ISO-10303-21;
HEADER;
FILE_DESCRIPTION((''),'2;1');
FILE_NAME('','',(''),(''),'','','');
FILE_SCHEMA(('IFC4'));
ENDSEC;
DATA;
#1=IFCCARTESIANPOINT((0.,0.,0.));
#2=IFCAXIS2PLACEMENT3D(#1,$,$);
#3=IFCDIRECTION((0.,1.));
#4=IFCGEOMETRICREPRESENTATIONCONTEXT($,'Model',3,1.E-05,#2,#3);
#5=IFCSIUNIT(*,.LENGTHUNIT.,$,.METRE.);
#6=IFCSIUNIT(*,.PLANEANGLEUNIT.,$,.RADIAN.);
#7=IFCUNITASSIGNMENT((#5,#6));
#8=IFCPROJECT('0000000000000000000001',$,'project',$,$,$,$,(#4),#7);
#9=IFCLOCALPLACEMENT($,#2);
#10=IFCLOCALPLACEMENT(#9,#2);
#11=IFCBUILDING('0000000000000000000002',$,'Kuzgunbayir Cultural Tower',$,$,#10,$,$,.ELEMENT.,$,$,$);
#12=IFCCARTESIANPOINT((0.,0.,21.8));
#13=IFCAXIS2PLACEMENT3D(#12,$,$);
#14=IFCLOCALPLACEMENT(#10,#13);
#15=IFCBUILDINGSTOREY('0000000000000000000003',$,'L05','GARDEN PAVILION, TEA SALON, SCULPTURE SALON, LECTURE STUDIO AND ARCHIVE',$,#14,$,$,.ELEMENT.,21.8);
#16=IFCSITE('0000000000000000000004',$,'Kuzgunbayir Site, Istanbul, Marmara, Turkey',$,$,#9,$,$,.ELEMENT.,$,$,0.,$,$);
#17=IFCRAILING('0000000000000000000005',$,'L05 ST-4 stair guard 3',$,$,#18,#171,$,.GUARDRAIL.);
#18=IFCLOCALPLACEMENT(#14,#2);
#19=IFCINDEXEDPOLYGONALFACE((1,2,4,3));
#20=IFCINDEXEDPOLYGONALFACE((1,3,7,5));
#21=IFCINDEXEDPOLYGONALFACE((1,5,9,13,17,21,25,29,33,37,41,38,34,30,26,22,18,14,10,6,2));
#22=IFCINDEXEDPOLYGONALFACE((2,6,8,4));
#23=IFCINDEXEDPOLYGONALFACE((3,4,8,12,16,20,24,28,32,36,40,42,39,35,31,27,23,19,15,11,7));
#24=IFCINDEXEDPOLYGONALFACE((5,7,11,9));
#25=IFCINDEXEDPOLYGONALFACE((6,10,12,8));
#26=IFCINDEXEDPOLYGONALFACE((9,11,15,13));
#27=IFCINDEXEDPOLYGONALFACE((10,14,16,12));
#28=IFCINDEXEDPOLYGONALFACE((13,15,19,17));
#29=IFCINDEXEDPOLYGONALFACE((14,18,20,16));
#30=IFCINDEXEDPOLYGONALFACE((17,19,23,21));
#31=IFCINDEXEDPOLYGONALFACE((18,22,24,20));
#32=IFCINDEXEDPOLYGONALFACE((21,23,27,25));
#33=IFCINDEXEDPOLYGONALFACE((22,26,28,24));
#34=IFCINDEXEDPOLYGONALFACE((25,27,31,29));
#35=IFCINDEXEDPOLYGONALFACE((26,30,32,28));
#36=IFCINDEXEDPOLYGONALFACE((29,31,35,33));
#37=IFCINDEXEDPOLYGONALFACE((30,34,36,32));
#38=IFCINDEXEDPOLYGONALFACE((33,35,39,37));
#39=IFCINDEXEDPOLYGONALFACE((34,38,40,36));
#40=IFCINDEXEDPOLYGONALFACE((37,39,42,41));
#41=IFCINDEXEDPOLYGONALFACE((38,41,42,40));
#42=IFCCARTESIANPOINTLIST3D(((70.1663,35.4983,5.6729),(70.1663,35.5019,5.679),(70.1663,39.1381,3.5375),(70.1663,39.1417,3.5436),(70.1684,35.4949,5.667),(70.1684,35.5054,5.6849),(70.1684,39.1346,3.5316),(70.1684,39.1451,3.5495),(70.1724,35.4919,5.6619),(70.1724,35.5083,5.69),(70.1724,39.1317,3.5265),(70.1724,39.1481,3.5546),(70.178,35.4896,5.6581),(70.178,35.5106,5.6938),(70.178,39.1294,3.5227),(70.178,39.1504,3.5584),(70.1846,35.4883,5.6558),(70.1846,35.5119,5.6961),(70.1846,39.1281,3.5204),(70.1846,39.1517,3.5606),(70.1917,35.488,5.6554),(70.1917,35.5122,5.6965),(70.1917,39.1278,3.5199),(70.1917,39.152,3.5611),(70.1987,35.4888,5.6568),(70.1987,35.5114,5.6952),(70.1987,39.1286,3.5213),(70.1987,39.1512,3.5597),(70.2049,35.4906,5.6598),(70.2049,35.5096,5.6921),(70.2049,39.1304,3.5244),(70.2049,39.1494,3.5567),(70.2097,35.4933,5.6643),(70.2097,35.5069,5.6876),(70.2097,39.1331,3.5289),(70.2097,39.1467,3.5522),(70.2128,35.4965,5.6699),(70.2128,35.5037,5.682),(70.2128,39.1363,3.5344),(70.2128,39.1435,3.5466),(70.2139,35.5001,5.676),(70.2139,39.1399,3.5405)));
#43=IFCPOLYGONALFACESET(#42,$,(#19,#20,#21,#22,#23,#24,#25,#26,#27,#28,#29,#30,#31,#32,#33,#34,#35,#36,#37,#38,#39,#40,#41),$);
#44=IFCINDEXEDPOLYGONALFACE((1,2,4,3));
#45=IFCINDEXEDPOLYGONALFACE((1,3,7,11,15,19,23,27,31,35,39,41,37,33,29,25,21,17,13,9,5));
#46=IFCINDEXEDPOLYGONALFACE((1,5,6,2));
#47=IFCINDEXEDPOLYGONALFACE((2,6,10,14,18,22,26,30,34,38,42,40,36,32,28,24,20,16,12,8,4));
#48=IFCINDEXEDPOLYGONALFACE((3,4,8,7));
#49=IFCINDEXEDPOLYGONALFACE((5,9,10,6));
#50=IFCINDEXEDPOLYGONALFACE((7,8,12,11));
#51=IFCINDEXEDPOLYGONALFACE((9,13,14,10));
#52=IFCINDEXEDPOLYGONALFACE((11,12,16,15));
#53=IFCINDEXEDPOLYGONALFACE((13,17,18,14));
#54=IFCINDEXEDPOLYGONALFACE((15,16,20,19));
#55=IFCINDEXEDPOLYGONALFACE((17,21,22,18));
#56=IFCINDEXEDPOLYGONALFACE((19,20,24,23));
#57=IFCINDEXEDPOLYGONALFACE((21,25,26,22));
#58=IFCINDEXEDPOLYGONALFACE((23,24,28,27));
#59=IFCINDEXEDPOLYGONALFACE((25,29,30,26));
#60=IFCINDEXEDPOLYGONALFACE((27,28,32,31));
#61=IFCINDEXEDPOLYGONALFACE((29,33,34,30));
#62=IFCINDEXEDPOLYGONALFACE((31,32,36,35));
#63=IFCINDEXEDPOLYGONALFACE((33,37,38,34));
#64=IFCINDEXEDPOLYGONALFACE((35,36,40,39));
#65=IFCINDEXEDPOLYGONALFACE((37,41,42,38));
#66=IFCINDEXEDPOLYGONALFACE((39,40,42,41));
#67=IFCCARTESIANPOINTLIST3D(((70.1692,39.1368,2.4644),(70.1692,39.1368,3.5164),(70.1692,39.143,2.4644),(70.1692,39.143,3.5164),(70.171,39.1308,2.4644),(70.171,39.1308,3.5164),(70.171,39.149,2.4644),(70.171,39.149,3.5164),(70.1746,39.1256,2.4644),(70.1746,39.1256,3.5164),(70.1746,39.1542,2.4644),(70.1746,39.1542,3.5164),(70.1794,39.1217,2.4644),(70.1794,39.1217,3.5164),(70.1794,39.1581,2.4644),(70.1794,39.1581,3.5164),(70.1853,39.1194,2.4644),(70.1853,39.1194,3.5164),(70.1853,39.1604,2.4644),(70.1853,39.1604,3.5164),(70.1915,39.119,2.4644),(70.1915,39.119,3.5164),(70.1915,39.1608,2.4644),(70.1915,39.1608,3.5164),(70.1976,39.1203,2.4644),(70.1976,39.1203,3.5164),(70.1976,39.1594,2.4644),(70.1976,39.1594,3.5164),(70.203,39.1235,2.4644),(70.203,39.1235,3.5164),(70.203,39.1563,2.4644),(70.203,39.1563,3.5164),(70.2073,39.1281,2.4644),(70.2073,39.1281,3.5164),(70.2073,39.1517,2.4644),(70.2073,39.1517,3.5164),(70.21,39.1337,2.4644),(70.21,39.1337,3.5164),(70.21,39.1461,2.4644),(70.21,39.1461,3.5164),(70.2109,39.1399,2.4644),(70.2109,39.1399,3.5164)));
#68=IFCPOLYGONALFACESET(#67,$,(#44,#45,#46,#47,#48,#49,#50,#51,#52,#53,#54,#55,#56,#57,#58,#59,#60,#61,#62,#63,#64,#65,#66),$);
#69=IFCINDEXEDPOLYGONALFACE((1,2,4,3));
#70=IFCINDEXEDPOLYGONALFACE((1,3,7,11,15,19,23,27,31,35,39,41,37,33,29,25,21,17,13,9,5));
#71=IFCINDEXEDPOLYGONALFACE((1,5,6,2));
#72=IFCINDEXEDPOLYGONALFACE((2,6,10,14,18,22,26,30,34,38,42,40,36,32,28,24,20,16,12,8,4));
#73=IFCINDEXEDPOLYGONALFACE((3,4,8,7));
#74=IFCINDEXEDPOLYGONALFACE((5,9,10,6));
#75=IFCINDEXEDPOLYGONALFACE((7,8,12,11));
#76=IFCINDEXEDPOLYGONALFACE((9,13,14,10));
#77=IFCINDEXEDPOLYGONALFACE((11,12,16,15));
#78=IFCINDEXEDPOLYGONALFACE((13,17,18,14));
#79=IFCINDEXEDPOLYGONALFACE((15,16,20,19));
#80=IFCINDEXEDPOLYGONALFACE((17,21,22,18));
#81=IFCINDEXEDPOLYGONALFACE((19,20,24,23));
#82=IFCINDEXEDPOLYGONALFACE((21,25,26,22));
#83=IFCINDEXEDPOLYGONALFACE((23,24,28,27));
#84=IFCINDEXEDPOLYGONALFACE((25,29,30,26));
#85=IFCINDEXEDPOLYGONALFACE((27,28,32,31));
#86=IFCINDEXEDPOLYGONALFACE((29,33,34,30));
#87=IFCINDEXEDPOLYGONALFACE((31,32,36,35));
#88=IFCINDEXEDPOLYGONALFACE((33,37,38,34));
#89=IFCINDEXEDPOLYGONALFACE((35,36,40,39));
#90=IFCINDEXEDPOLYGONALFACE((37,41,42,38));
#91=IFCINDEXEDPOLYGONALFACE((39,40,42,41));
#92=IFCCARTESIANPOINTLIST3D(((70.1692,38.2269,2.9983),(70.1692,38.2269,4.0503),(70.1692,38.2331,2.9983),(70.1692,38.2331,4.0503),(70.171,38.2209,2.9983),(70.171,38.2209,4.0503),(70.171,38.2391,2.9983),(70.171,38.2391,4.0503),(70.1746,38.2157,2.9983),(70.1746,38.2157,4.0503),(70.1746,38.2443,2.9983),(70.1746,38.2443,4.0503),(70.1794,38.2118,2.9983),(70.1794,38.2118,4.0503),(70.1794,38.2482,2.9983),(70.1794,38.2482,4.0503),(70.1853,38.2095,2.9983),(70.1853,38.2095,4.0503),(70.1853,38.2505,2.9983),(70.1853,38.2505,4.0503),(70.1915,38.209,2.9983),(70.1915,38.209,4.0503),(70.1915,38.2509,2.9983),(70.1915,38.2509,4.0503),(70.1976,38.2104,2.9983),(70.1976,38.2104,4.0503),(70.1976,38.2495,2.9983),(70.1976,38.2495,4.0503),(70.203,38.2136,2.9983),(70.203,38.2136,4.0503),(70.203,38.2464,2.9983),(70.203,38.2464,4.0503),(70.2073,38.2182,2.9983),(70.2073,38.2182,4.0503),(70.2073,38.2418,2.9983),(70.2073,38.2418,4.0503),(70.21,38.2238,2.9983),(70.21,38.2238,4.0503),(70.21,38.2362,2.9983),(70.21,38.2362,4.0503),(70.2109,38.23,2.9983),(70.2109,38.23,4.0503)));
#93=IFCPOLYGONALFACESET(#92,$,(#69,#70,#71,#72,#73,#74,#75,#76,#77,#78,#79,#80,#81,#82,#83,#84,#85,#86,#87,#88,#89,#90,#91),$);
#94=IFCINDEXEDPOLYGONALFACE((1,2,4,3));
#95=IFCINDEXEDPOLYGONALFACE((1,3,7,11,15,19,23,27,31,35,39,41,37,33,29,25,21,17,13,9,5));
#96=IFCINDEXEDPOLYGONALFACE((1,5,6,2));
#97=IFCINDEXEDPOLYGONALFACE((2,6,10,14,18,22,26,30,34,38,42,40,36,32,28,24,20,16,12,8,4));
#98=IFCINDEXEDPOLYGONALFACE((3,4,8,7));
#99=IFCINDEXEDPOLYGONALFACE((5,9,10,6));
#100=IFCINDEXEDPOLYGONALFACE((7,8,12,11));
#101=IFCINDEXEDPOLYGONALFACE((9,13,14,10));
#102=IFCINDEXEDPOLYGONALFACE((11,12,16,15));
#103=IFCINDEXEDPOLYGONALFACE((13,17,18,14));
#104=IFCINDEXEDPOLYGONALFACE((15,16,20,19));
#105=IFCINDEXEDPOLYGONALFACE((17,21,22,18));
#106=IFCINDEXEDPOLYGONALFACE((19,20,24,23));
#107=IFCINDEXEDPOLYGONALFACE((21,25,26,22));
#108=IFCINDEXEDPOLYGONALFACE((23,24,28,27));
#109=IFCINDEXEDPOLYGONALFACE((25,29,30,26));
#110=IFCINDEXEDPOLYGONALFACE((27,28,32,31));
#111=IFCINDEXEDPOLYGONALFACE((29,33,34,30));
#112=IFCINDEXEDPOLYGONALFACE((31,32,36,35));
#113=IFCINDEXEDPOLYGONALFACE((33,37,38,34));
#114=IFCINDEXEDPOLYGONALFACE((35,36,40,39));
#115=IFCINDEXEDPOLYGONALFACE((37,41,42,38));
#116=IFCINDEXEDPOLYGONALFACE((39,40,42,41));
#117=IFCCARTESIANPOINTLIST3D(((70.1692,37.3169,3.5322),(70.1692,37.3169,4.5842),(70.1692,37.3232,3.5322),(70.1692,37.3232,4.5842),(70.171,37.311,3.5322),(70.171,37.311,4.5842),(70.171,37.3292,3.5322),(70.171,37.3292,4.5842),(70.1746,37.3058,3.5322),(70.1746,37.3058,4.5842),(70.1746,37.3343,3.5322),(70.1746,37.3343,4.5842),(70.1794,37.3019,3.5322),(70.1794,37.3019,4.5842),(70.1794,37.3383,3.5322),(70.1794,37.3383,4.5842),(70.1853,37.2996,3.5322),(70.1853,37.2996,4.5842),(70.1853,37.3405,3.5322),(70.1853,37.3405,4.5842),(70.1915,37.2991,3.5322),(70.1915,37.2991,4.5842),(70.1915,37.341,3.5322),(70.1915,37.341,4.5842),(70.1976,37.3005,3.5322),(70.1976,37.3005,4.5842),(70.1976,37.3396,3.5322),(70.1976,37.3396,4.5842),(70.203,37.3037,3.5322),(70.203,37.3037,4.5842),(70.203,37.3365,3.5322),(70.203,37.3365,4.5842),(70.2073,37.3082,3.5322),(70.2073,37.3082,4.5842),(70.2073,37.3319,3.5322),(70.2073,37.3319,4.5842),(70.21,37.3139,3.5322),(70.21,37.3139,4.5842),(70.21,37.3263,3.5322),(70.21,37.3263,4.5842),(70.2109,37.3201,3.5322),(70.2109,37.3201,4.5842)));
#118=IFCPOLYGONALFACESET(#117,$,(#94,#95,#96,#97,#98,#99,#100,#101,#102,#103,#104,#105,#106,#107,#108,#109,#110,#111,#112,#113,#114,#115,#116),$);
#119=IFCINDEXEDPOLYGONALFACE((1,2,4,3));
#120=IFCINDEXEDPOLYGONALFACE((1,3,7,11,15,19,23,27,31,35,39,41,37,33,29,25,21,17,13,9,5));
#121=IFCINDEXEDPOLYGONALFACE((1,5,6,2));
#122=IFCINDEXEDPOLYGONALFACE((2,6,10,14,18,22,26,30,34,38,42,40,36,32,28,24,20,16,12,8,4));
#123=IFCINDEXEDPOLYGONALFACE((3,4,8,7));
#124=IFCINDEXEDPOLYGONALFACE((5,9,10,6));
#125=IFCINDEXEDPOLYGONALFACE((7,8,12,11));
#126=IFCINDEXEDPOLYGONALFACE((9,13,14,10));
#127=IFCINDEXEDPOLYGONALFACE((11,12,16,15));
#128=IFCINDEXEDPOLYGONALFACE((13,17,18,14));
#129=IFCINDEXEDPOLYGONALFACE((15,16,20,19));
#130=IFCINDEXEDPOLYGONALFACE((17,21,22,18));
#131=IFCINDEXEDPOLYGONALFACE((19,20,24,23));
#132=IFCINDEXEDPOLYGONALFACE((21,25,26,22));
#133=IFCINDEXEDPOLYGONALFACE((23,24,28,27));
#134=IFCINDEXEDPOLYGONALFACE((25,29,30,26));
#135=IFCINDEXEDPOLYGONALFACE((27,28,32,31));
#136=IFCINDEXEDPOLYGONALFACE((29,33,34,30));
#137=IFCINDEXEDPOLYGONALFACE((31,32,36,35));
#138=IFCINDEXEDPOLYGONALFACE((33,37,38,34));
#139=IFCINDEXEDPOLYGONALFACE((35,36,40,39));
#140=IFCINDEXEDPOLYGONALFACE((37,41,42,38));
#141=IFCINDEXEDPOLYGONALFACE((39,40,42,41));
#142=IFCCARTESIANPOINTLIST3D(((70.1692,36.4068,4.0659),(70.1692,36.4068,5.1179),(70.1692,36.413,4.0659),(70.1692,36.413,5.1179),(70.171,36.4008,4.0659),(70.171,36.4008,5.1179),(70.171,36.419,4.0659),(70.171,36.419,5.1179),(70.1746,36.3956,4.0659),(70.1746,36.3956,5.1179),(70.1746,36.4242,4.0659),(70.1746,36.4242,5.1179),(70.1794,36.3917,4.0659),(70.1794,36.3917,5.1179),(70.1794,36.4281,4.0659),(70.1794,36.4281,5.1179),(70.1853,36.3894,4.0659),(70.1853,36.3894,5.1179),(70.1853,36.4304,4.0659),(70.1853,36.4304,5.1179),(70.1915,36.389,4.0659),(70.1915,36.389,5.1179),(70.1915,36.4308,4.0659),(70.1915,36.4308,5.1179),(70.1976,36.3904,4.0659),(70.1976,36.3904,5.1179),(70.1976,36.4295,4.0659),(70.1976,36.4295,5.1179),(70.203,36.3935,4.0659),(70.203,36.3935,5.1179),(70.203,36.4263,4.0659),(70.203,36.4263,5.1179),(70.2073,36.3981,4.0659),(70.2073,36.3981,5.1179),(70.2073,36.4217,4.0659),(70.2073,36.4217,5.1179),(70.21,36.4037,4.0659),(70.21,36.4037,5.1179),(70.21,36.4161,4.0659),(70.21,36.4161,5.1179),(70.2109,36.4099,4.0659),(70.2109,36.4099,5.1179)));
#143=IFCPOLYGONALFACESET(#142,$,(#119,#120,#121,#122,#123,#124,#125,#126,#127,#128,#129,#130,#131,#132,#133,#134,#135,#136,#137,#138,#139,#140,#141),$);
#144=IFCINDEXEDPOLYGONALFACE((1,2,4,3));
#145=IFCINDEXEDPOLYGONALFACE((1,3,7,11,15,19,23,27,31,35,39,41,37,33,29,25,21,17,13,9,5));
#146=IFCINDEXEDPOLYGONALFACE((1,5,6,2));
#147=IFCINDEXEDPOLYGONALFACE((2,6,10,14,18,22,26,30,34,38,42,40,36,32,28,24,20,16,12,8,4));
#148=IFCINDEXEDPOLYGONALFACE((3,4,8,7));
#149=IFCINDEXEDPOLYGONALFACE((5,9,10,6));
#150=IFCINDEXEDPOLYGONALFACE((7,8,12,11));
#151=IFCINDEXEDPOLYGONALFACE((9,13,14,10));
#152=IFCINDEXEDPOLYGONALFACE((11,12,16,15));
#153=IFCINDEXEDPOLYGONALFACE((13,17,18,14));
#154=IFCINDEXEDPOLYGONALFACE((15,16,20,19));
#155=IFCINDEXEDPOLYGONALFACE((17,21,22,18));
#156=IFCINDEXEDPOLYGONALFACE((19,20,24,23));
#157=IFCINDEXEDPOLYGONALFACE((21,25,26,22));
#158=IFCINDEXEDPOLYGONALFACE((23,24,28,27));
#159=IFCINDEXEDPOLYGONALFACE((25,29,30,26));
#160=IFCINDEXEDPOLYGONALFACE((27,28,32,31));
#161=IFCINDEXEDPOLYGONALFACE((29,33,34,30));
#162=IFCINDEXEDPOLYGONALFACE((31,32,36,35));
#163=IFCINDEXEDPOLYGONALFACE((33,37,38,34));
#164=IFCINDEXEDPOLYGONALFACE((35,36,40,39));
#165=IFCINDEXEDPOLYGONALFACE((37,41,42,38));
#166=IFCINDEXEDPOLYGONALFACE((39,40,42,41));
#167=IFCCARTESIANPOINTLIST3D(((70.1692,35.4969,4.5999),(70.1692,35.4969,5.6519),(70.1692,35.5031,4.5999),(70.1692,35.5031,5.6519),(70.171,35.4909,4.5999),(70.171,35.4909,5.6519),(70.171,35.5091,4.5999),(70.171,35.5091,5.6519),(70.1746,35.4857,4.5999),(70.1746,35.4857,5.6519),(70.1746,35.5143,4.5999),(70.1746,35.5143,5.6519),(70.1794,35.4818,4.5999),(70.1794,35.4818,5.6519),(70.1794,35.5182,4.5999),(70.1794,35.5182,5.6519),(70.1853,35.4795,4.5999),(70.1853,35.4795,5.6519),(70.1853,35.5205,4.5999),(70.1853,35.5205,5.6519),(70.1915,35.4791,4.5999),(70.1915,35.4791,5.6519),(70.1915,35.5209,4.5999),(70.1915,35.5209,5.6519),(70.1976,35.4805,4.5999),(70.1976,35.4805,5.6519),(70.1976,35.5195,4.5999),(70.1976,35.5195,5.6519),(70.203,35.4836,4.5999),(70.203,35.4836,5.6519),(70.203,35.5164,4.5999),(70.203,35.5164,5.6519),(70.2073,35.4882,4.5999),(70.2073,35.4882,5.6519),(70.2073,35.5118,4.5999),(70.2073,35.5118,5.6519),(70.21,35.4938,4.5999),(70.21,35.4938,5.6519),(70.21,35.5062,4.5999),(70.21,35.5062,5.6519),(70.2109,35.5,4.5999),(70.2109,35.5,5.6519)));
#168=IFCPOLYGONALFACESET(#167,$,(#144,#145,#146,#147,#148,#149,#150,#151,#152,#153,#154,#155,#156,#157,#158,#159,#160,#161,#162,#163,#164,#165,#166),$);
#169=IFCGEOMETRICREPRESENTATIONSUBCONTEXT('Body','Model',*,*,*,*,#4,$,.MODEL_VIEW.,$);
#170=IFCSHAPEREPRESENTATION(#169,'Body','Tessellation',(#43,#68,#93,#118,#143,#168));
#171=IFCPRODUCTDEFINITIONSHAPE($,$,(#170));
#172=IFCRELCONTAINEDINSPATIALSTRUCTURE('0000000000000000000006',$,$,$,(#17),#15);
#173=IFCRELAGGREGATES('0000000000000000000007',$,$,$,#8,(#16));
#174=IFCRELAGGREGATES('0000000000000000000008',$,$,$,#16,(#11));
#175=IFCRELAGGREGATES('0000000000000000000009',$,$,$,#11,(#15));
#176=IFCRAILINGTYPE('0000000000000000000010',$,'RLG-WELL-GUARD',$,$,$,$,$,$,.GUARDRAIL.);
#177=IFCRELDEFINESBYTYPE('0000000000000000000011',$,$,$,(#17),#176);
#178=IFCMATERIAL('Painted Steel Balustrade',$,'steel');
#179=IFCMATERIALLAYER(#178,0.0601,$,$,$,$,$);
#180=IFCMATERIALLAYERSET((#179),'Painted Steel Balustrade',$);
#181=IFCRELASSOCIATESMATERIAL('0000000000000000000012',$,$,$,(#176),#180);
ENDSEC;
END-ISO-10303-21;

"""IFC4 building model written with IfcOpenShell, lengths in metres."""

from ifc_helpers import new_model, si_unit, direction, frame, origin, origin_2d, place, context, subcontext, project, spatial, circle, extrude, material, layer, layer_set, type_object, element, save


model = new_model("IFC4")

# Units and contexts
model_context = context("Model", 3, precision=1e-05, world=origin(), true_north=direction((0.0, 1.0)))
body_context = subcontext(model_context, "Body", "Model", "MODEL_VIEW")
ifc_project = project(units=[si_unit("LENGTHUNIT", "METRE"), si_unit("PLANEANGLEUNIT", "RADIAN")], contexts=[model_context])

# Site, building, storey
site_placement = place(None, origin())
site = spatial("IfcSite", under=ifc_project, at=site_placement, Name="Kuzgunbayir Site, Istanbul, Marmara, Turkey", CompositionType="ELEMENT", RefElevation=0.0)
building_placement = place(site_placement, origin())
building = spatial("IfcBuilding", under=site, at=building_placement, Name="Kuzgunbayir Cultural Tower", CompositionType="ELEMENT")
storey_placement = place(building_placement, frame((0.0, 0.0, 21.8)))
storey = spatial("IfcBuildingStorey", under=building, at=storey_placement, Name="L05", Description="GARDEN PAVILION, TEA SALON, SCULPTURE SALON, LECTURE STUDIO AND ARCHIVE", CompositionType="ELEMENT", Elevation=21.8)

# Railing
ifc_material_1 = material(Name="Painted Steel Balustrade", Category="steel")
ifc_layer_1 = layer(ifc_material_1, 0.0601)
ifc_layer_set_1 = layer_set([ifc_layer_1], Name="Painted Steel Balustrade")
railing_type_1 = type_object("IfcRailingType", Name="RLG-WELL-GUARD", PredefinedType="GUARDRAIL", material=ifc_layer_set_1)
railing_1_placement = place(storey_placement, frame((70.1899, 39.1399, 2.4644)))
element("IfcRailing", 1, at=railing_1_placement, inside=storey, type_object=railing_type_1, Name="L05 ST-4 stair guard 3", PredefinedType="GUARDRAIL", context=body_context, shape_type="SweptSolid", body=[
    extrude(circle(Radius=0.0239, at=origin_2d()), frame((0.0, 0.0, 1.0762), z_axis=(0.0, -0.862515, 0.506031), x_axis=(1.0, 0.0, 0.0)), (0.0, 0.0, 1.0), 4.22),
    extrude(circle(Radius=0.021, at=origin_2d()), origin(), (0.0, 0.0, 1.0), 1.052),
    extrude(circle(Radius=0.021, at=origin_2d()), frame((0.0, -0.9099, 0.5339)), (0.0, 0.0, 1.0), 1.052),
    extrude(circle(Radius=0.021, at=origin_2d()), frame((0.0, -1.8198, 1.0679)), (0.0, 0.0, 1.0), 1.052),
    extrude(circle(Radius=0.021, at=origin_2d()), frame((0.0, -2.73, 1.6016)), (0.0, 0.0, 1.0), 1.052),
    extrude(circle(Radius=0.021, at=origin_2d()), frame((0.0, -3.6399, 2.1355)), (0.0, 0.0, 1.0), 1.052),
])

save(model, "model.ifc")
